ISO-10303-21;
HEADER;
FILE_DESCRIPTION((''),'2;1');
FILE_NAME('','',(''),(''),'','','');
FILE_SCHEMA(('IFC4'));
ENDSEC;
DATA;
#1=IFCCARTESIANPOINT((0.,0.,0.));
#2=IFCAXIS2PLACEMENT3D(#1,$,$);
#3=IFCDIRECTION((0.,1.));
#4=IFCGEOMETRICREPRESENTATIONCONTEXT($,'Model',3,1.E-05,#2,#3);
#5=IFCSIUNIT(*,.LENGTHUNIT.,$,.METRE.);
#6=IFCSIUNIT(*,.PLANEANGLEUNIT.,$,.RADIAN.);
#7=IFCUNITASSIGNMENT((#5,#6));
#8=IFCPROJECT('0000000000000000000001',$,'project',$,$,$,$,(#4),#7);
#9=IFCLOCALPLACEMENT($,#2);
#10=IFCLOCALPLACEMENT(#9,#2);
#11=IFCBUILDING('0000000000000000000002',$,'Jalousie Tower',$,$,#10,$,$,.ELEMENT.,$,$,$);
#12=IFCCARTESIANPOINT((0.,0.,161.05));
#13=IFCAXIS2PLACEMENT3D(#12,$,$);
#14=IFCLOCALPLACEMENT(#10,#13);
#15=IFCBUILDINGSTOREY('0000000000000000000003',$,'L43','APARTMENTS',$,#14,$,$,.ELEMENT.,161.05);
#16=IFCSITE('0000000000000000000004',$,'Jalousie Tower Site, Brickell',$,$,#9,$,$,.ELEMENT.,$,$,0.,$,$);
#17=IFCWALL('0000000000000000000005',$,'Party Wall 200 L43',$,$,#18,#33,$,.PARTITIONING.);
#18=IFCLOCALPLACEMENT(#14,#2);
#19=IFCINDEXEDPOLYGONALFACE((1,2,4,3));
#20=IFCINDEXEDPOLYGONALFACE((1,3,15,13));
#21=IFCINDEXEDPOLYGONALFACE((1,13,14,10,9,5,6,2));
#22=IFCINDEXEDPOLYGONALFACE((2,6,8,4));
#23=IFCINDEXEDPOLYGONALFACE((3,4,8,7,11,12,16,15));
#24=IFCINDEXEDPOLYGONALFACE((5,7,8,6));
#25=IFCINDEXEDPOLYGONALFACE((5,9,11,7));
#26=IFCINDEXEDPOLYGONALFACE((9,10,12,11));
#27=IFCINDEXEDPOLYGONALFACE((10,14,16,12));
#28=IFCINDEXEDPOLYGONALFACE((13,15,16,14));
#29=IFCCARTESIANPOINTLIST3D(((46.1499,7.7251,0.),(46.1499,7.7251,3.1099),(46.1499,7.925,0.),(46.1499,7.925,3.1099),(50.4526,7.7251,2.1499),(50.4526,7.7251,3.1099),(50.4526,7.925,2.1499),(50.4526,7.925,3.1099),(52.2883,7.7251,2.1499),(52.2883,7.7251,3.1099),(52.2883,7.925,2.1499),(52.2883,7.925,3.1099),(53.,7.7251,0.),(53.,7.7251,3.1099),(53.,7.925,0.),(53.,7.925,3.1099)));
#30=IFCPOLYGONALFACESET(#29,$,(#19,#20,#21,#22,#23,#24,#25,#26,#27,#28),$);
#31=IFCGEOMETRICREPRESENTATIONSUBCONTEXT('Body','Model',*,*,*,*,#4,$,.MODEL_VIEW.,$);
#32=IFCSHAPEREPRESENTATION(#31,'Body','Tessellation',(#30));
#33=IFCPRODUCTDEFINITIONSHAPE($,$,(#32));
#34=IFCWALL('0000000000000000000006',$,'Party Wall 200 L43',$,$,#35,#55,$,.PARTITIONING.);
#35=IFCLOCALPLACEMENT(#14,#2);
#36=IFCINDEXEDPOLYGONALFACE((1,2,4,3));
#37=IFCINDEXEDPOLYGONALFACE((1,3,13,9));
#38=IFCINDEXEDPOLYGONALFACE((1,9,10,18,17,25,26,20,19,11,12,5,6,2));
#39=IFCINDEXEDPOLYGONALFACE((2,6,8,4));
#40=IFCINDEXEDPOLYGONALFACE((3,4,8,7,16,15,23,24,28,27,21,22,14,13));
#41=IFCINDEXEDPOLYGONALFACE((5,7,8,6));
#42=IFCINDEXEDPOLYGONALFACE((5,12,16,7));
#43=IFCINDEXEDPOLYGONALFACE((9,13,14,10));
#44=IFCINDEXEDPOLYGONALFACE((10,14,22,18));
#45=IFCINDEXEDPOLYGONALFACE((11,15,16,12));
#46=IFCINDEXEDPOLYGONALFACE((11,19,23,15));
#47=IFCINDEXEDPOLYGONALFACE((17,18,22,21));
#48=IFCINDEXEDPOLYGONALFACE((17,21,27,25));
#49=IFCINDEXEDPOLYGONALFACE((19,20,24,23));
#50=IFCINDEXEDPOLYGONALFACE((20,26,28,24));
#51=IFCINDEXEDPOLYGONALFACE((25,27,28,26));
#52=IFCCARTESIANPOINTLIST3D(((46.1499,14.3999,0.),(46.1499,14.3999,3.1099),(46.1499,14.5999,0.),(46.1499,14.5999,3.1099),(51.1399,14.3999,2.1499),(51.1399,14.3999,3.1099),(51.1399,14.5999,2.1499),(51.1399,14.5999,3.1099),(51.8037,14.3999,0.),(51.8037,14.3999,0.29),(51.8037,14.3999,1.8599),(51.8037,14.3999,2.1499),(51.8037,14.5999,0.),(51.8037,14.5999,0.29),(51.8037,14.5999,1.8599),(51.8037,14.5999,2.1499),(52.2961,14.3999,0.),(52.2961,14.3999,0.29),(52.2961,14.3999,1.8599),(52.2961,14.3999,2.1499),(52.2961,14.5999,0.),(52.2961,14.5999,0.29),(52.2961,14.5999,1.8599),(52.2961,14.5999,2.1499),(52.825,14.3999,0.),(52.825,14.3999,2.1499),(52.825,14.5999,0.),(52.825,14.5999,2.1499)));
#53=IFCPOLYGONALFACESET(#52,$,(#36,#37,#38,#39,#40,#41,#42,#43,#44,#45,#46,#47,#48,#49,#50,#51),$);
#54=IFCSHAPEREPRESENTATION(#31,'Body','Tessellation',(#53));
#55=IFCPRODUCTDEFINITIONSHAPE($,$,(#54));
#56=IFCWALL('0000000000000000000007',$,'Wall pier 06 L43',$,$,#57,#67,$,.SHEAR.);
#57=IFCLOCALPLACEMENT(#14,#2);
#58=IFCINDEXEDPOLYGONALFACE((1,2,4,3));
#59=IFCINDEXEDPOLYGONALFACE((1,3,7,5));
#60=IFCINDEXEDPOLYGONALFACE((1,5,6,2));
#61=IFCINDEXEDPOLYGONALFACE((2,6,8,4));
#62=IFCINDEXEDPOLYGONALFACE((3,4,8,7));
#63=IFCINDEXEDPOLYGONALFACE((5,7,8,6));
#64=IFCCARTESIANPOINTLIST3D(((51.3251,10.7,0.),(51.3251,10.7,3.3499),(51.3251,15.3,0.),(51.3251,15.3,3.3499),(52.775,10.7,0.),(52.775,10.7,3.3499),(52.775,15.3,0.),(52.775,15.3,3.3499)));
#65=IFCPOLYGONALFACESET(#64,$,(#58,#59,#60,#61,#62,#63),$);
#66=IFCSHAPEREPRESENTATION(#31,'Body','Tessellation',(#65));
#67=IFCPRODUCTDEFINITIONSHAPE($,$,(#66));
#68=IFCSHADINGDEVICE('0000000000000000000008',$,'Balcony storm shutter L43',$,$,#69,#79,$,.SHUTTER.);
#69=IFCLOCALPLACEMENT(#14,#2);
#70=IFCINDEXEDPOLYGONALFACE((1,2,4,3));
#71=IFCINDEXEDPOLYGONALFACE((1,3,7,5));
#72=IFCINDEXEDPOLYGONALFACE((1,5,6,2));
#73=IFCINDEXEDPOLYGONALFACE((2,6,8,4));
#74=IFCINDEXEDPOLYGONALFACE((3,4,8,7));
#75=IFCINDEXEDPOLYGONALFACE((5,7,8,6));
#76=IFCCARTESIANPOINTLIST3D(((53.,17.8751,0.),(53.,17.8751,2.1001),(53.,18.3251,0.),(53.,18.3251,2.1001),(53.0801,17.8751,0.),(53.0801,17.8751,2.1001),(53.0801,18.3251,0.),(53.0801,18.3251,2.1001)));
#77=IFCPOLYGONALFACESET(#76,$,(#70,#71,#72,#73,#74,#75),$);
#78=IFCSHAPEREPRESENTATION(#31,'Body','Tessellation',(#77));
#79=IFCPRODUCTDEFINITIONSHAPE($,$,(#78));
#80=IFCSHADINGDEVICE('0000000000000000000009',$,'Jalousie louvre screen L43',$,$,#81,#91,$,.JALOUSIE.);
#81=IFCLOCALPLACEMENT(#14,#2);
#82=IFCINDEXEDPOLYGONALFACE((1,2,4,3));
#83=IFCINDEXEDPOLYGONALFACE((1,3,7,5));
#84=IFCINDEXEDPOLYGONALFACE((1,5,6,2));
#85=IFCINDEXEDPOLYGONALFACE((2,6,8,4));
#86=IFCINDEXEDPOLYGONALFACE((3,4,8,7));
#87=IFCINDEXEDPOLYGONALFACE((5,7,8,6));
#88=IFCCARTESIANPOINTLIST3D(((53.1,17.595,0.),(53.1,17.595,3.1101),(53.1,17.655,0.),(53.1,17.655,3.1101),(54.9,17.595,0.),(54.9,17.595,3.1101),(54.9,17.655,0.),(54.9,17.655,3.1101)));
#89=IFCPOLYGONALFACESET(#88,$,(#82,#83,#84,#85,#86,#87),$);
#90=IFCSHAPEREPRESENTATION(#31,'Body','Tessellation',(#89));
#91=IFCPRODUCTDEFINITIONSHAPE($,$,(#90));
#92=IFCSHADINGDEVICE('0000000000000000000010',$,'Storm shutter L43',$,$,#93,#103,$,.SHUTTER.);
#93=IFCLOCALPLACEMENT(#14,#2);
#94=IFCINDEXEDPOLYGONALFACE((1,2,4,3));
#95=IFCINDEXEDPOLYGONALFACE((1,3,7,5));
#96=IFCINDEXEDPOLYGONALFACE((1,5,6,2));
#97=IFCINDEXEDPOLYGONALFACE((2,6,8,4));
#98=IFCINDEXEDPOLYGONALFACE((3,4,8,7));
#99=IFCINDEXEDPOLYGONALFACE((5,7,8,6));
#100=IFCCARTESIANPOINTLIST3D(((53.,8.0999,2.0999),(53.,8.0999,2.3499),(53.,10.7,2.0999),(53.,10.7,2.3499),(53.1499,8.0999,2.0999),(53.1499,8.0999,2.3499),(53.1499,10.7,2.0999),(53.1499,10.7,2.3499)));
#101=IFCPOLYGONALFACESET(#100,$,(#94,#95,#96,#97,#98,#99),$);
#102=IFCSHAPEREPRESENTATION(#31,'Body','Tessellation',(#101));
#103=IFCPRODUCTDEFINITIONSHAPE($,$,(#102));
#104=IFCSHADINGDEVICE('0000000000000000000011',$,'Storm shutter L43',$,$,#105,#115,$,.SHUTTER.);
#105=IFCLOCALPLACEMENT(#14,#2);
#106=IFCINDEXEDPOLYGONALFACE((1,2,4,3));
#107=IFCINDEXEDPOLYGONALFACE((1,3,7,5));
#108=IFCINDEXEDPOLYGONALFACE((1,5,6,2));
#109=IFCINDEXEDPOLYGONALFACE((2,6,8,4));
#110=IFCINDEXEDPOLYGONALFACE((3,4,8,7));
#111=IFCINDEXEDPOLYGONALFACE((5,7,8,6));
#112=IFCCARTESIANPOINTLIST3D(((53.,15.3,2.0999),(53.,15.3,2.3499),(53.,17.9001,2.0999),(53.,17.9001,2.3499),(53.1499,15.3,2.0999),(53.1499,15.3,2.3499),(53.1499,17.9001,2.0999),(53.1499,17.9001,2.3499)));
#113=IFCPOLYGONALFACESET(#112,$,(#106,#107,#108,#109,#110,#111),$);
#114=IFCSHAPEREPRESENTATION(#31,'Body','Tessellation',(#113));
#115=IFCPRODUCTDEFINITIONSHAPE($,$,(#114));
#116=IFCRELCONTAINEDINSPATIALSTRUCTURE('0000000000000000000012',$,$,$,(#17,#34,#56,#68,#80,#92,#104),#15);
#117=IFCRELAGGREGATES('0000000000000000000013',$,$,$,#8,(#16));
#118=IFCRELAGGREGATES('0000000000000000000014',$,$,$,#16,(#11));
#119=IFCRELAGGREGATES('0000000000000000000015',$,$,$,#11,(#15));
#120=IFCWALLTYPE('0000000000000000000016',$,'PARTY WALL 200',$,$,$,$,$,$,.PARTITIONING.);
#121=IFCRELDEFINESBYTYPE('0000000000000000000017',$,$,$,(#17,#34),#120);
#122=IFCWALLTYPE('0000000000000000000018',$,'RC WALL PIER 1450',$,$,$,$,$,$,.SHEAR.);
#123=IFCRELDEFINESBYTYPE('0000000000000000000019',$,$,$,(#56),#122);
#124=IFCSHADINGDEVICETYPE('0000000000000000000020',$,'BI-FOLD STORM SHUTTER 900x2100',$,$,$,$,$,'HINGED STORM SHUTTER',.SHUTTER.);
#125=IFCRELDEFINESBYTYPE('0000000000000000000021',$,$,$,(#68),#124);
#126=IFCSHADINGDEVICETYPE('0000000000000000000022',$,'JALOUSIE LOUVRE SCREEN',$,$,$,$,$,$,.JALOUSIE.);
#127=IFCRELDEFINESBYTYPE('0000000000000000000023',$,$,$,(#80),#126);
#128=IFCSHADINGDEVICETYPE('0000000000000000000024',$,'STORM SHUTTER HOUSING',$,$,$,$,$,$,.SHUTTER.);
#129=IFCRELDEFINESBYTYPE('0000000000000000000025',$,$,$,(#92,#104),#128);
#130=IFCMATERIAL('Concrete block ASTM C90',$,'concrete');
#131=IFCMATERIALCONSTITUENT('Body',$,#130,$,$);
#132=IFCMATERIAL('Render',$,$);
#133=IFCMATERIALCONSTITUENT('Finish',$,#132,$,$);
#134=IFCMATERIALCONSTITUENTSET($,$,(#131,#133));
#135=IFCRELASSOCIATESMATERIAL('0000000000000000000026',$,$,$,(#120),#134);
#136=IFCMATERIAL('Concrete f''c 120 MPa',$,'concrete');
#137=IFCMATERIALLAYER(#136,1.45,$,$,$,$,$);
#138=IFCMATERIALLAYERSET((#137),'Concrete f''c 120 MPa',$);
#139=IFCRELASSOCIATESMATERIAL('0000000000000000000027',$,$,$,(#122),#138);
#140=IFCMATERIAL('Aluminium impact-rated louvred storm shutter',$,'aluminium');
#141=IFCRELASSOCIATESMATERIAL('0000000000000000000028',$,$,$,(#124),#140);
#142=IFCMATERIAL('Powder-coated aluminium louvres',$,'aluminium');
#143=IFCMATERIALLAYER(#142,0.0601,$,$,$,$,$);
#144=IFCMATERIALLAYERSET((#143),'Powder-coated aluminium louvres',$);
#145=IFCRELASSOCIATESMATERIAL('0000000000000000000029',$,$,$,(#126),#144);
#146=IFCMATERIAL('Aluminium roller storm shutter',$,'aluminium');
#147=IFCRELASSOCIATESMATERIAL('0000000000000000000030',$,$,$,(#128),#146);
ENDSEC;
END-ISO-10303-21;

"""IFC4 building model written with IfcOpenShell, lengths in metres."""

from ifc_helpers import new_model, si_unit, direction, frame, frame_2d, origin, origin_2d, place, context, subcontext, project, spatial, polyline, rectangle, outline, extrude, material, layer, layer_set, constituent, constituent_set, type_object, element, save


model = new_model("IFC4")

# Units and contexts
model_context = context("Model", 3, precision=1e-05, world=origin(), true_north=direction((0.0, 1.0)))
body_context = subcontext(model_context, "Body", "Model", "MODEL_VIEW")
ifc_project = project(units=[si_unit("LENGTHUNIT", "METRE"), si_unit("PLANEANGLEUNIT", "RADIAN")], contexts=[model_context])

# Site, building, storey
site_placement = place(None, origin())
site = spatial("IfcSite", under=ifc_project, at=site_placement, Name="Jalousie Tower Site, Brickell", CompositionType="ELEMENT", RefElevation=0.0)
building_placement = place(site_placement, origin())
building = spatial("IfcBuilding", under=site, at=building_placement, Name="Jalousie Tower", CompositionType="ELEMENT")
storey_placement = place(building_placement, frame((0.0, 0.0, 161.05)))
storey = spatial("IfcBuildingStorey", under=building, at=storey_placement, Name="L43", Description="APARTMENTS", CompositionType="ELEMENT", Elevation=161.05)

# Walls
ifc_material_1 = material(Name="Concrete block ASTM C90", Category="concrete")
ifc_constituent_1 = constituent(ifc_material_1, Name="Body")
ifc_material_2 = material(Name="Render")
ifc_constituent_2 = constituent(ifc_material_2, Name="Finish")
ifc_constituent_set_1 = constituent_set(constituents=[ifc_constituent_1, ifc_constituent_2])
wall_type_1 = type_object("IfcWallType", Name="PARTY WALL 200", PredefinedType="PARTITIONING", material=ifc_constituent_set_1)
wall_1_placement = place(storey_placement, frame((46.1499, 7.825, 0.0), z_axis=(0.0, 0.0, 1.0), x_axis=(1.0, 0.0, 0.0)))
element("IfcWall", 1, at=wall_1_placement, inside=storey, type_object=wall_type_1, Name="Party Wall 200 L43", PredefinedType="PARTITIONING", context=body_context, shape_type="SweptSolid", body=[
    extrude(outline(polyline([(0.0, 0.0), (6.8501, 0.0), (6.8501, 3.1099), (6.1384, 3.1099), (6.1384, 2.1499), (4.3027, 2.1499), (4.3027, 3.1099), (0.0, 3.1099), (0.0, 0.0)])), frame((0.0, 0.1001, 0.0), z_axis=(0.0, -1.0, 0.0), x_axis=(1.0, 0.0, 0.0)), (0.0, 0.0, 1.0), 0.2),
])
wall_2_placement = place(storey_placement, frame((52.825, 14.5, 0.0), z_axis=(0.0, 0.0, 1.0), x_axis=(-1.0, 0.0, 0.0)))
element("IfcWall", 2, at=wall_2_placement, inside=storey, type_object=wall_type_1, Name="Party Wall 200 L43", PredefinedType="PARTITIONING", context=body_context, shape_type="SweptSolid", body=[
    extrude(outline(polyline([(0.5288, 2.1499), (0.0, 2.1499), (0.0, 0.0), (0.5288, 0.0), (0.5288, 0.29), (1.0212, 0.29), (1.0212, 0.0), (6.675, 0.0), (6.675, 3.1099), (1.6851, 3.1099), (1.6851, 2.1499), (1.0212, 2.1499), (1.0212, 1.8599), (0.5288, 1.8599), (0.5288, 2.1499)])), frame((0.0, 0.1001, 0.0), z_axis=(0.0, -1.0, 0.0), x_axis=(1.0, 0.0, 0.0)), (0.0, 0.0, 1.0), 0.2),
])
ifc_material_3 = material(Name="Concrete f'c 120 MPa", Category="concrete")
ifc_layer_1 = layer(ifc_material_3, 1.45)
ifc_layer_set_1 = layer_set([ifc_layer_1], Name="Concrete f'c 120 MPa")
wall_type_2 = type_object("IfcWallType", Name="RC WALL PIER 1450", PredefinedType="SHEAR", material=ifc_layer_set_1)
wall_3_placement = place(storey_placement, frame((52.05, 10.7, 0.0), z_axis=(0.0, 0.0, 1.0), x_axis=(0.0, 1.0, 0.0)))
element("IfcWall", 3, at=wall_3_placement, inside=storey, type_object=wall_type_2, Name="Wall pier 06 L43", PredefinedType="SHEAR", context=body_context, shape_type="SweptSolid", body=[
    extrude(rectangle(XDim=4.6001, YDim=1.45, at=frame_2d((2.3, 0.0))), origin(), (0.0, 0.0, 1.0), 3.3499),
])

# Shading device
ifc_material_4 = material(Name="Aluminium impact-rated louvred storm shutter", Category="aluminium")
shading_device_type_1 = type_object("IfcShadingDeviceType", Name="BI-FOLD STORM SHUTTER 900x2100", ElementType="HINGED STORM SHUTTER", PredefinedType="SHUTTER", material=ifc_material_4)
shading_device_1_placement = place(storey_placement, frame((53.04, 18.1001, 0.0), z_axis=(0.0, 0.0, 1.0), x_axis=(0.0, 1.0, 0.0)))
element("IfcShadingDevice", 4, at=shading_device_1_placement, inside=storey, type_object=shading_device_type_1, Name="Balcony storm shutter L43", PredefinedType="SHUTTER", context=body_context, shape_type="SweptSolid", body=[
    extrude(rectangle(XDim=0.45, YDim=0.0801, at=origin_2d()), origin(), (0.0, 0.0, 1.0), 2.1001),
])

# Shading devices
ifc_material_5 = material(Name="Powder-coated aluminium louvres", Category="aluminium")
ifc_layer_2 = layer(ifc_material_5, 0.0601)
ifc_layer_set_2 = layer_set([ifc_layer_2], Name="Powder-coated aluminium louvres")
shading_device_type_2 = type_object("IfcShadingDeviceType", Name="JALOUSIE LOUVRE SCREEN", PredefinedType="JALOUSIE", material=ifc_layer_set_2)
shading_device_2_placement = place(storey_placement, frame((54.0, 17.625, 0.0), z_axis=(0.0, 0.0, 1.0), x_axis=(0.0, 1.0, 0.0)))
element("IfcShadingDevice", 5, at=shading_device_2_placement, inside=storey, type_object=shading_device_type_2, Name="Jalousie louvre screen L43", PredefinedType="JALOUSIE", context=body_context, shape_type="SweptSolid", body=[
    extrude(rectangle(XDim=0.0601, YDim=1.8, at=origin_2d()), origin(), (0.0, 0.0, 1.0), 3.1101),
])
ifc_material_6 = material(Name="Aluminium roller storm shutter", Category="aluminium")
shading_device_type_3 = type_object("IfcShadingDeviceType", Name="STORM SHUTTER HOUSING", PredefinedType="SHUTTER", material=ifc_material_6)
for number, where, z_axis, x_axis, name in (
    (6, (53.075, 9.3999, 2.0999), (0.0, 0.0, 1.0), (0.0, 1.0, 0.0), "Storm shutter L43"),
    (7, (53.075, 16.6001, 2.0999), (0.0, 0.0, 1.0), (0.0, 1.0, 0.0), "Storm shutter L43"),
):
    element("IfcShadingDevice", number, at=place(storey_placement, frame(where, z_axis=z_axis, x_axis=x_axis)), inside=storey, type_object=shading_device_type_3, Name=name, PredefinedType="SHUTTER", context=body_context, shape_type="SweptSolid", body=[
        extrude(rectangle(XDim=2.6001, YDim=0.1499, at=origin_2d()), origin(), (0.0, 0.0, 1.0), 0.25),
    ])

save(model, "model.ifc")
